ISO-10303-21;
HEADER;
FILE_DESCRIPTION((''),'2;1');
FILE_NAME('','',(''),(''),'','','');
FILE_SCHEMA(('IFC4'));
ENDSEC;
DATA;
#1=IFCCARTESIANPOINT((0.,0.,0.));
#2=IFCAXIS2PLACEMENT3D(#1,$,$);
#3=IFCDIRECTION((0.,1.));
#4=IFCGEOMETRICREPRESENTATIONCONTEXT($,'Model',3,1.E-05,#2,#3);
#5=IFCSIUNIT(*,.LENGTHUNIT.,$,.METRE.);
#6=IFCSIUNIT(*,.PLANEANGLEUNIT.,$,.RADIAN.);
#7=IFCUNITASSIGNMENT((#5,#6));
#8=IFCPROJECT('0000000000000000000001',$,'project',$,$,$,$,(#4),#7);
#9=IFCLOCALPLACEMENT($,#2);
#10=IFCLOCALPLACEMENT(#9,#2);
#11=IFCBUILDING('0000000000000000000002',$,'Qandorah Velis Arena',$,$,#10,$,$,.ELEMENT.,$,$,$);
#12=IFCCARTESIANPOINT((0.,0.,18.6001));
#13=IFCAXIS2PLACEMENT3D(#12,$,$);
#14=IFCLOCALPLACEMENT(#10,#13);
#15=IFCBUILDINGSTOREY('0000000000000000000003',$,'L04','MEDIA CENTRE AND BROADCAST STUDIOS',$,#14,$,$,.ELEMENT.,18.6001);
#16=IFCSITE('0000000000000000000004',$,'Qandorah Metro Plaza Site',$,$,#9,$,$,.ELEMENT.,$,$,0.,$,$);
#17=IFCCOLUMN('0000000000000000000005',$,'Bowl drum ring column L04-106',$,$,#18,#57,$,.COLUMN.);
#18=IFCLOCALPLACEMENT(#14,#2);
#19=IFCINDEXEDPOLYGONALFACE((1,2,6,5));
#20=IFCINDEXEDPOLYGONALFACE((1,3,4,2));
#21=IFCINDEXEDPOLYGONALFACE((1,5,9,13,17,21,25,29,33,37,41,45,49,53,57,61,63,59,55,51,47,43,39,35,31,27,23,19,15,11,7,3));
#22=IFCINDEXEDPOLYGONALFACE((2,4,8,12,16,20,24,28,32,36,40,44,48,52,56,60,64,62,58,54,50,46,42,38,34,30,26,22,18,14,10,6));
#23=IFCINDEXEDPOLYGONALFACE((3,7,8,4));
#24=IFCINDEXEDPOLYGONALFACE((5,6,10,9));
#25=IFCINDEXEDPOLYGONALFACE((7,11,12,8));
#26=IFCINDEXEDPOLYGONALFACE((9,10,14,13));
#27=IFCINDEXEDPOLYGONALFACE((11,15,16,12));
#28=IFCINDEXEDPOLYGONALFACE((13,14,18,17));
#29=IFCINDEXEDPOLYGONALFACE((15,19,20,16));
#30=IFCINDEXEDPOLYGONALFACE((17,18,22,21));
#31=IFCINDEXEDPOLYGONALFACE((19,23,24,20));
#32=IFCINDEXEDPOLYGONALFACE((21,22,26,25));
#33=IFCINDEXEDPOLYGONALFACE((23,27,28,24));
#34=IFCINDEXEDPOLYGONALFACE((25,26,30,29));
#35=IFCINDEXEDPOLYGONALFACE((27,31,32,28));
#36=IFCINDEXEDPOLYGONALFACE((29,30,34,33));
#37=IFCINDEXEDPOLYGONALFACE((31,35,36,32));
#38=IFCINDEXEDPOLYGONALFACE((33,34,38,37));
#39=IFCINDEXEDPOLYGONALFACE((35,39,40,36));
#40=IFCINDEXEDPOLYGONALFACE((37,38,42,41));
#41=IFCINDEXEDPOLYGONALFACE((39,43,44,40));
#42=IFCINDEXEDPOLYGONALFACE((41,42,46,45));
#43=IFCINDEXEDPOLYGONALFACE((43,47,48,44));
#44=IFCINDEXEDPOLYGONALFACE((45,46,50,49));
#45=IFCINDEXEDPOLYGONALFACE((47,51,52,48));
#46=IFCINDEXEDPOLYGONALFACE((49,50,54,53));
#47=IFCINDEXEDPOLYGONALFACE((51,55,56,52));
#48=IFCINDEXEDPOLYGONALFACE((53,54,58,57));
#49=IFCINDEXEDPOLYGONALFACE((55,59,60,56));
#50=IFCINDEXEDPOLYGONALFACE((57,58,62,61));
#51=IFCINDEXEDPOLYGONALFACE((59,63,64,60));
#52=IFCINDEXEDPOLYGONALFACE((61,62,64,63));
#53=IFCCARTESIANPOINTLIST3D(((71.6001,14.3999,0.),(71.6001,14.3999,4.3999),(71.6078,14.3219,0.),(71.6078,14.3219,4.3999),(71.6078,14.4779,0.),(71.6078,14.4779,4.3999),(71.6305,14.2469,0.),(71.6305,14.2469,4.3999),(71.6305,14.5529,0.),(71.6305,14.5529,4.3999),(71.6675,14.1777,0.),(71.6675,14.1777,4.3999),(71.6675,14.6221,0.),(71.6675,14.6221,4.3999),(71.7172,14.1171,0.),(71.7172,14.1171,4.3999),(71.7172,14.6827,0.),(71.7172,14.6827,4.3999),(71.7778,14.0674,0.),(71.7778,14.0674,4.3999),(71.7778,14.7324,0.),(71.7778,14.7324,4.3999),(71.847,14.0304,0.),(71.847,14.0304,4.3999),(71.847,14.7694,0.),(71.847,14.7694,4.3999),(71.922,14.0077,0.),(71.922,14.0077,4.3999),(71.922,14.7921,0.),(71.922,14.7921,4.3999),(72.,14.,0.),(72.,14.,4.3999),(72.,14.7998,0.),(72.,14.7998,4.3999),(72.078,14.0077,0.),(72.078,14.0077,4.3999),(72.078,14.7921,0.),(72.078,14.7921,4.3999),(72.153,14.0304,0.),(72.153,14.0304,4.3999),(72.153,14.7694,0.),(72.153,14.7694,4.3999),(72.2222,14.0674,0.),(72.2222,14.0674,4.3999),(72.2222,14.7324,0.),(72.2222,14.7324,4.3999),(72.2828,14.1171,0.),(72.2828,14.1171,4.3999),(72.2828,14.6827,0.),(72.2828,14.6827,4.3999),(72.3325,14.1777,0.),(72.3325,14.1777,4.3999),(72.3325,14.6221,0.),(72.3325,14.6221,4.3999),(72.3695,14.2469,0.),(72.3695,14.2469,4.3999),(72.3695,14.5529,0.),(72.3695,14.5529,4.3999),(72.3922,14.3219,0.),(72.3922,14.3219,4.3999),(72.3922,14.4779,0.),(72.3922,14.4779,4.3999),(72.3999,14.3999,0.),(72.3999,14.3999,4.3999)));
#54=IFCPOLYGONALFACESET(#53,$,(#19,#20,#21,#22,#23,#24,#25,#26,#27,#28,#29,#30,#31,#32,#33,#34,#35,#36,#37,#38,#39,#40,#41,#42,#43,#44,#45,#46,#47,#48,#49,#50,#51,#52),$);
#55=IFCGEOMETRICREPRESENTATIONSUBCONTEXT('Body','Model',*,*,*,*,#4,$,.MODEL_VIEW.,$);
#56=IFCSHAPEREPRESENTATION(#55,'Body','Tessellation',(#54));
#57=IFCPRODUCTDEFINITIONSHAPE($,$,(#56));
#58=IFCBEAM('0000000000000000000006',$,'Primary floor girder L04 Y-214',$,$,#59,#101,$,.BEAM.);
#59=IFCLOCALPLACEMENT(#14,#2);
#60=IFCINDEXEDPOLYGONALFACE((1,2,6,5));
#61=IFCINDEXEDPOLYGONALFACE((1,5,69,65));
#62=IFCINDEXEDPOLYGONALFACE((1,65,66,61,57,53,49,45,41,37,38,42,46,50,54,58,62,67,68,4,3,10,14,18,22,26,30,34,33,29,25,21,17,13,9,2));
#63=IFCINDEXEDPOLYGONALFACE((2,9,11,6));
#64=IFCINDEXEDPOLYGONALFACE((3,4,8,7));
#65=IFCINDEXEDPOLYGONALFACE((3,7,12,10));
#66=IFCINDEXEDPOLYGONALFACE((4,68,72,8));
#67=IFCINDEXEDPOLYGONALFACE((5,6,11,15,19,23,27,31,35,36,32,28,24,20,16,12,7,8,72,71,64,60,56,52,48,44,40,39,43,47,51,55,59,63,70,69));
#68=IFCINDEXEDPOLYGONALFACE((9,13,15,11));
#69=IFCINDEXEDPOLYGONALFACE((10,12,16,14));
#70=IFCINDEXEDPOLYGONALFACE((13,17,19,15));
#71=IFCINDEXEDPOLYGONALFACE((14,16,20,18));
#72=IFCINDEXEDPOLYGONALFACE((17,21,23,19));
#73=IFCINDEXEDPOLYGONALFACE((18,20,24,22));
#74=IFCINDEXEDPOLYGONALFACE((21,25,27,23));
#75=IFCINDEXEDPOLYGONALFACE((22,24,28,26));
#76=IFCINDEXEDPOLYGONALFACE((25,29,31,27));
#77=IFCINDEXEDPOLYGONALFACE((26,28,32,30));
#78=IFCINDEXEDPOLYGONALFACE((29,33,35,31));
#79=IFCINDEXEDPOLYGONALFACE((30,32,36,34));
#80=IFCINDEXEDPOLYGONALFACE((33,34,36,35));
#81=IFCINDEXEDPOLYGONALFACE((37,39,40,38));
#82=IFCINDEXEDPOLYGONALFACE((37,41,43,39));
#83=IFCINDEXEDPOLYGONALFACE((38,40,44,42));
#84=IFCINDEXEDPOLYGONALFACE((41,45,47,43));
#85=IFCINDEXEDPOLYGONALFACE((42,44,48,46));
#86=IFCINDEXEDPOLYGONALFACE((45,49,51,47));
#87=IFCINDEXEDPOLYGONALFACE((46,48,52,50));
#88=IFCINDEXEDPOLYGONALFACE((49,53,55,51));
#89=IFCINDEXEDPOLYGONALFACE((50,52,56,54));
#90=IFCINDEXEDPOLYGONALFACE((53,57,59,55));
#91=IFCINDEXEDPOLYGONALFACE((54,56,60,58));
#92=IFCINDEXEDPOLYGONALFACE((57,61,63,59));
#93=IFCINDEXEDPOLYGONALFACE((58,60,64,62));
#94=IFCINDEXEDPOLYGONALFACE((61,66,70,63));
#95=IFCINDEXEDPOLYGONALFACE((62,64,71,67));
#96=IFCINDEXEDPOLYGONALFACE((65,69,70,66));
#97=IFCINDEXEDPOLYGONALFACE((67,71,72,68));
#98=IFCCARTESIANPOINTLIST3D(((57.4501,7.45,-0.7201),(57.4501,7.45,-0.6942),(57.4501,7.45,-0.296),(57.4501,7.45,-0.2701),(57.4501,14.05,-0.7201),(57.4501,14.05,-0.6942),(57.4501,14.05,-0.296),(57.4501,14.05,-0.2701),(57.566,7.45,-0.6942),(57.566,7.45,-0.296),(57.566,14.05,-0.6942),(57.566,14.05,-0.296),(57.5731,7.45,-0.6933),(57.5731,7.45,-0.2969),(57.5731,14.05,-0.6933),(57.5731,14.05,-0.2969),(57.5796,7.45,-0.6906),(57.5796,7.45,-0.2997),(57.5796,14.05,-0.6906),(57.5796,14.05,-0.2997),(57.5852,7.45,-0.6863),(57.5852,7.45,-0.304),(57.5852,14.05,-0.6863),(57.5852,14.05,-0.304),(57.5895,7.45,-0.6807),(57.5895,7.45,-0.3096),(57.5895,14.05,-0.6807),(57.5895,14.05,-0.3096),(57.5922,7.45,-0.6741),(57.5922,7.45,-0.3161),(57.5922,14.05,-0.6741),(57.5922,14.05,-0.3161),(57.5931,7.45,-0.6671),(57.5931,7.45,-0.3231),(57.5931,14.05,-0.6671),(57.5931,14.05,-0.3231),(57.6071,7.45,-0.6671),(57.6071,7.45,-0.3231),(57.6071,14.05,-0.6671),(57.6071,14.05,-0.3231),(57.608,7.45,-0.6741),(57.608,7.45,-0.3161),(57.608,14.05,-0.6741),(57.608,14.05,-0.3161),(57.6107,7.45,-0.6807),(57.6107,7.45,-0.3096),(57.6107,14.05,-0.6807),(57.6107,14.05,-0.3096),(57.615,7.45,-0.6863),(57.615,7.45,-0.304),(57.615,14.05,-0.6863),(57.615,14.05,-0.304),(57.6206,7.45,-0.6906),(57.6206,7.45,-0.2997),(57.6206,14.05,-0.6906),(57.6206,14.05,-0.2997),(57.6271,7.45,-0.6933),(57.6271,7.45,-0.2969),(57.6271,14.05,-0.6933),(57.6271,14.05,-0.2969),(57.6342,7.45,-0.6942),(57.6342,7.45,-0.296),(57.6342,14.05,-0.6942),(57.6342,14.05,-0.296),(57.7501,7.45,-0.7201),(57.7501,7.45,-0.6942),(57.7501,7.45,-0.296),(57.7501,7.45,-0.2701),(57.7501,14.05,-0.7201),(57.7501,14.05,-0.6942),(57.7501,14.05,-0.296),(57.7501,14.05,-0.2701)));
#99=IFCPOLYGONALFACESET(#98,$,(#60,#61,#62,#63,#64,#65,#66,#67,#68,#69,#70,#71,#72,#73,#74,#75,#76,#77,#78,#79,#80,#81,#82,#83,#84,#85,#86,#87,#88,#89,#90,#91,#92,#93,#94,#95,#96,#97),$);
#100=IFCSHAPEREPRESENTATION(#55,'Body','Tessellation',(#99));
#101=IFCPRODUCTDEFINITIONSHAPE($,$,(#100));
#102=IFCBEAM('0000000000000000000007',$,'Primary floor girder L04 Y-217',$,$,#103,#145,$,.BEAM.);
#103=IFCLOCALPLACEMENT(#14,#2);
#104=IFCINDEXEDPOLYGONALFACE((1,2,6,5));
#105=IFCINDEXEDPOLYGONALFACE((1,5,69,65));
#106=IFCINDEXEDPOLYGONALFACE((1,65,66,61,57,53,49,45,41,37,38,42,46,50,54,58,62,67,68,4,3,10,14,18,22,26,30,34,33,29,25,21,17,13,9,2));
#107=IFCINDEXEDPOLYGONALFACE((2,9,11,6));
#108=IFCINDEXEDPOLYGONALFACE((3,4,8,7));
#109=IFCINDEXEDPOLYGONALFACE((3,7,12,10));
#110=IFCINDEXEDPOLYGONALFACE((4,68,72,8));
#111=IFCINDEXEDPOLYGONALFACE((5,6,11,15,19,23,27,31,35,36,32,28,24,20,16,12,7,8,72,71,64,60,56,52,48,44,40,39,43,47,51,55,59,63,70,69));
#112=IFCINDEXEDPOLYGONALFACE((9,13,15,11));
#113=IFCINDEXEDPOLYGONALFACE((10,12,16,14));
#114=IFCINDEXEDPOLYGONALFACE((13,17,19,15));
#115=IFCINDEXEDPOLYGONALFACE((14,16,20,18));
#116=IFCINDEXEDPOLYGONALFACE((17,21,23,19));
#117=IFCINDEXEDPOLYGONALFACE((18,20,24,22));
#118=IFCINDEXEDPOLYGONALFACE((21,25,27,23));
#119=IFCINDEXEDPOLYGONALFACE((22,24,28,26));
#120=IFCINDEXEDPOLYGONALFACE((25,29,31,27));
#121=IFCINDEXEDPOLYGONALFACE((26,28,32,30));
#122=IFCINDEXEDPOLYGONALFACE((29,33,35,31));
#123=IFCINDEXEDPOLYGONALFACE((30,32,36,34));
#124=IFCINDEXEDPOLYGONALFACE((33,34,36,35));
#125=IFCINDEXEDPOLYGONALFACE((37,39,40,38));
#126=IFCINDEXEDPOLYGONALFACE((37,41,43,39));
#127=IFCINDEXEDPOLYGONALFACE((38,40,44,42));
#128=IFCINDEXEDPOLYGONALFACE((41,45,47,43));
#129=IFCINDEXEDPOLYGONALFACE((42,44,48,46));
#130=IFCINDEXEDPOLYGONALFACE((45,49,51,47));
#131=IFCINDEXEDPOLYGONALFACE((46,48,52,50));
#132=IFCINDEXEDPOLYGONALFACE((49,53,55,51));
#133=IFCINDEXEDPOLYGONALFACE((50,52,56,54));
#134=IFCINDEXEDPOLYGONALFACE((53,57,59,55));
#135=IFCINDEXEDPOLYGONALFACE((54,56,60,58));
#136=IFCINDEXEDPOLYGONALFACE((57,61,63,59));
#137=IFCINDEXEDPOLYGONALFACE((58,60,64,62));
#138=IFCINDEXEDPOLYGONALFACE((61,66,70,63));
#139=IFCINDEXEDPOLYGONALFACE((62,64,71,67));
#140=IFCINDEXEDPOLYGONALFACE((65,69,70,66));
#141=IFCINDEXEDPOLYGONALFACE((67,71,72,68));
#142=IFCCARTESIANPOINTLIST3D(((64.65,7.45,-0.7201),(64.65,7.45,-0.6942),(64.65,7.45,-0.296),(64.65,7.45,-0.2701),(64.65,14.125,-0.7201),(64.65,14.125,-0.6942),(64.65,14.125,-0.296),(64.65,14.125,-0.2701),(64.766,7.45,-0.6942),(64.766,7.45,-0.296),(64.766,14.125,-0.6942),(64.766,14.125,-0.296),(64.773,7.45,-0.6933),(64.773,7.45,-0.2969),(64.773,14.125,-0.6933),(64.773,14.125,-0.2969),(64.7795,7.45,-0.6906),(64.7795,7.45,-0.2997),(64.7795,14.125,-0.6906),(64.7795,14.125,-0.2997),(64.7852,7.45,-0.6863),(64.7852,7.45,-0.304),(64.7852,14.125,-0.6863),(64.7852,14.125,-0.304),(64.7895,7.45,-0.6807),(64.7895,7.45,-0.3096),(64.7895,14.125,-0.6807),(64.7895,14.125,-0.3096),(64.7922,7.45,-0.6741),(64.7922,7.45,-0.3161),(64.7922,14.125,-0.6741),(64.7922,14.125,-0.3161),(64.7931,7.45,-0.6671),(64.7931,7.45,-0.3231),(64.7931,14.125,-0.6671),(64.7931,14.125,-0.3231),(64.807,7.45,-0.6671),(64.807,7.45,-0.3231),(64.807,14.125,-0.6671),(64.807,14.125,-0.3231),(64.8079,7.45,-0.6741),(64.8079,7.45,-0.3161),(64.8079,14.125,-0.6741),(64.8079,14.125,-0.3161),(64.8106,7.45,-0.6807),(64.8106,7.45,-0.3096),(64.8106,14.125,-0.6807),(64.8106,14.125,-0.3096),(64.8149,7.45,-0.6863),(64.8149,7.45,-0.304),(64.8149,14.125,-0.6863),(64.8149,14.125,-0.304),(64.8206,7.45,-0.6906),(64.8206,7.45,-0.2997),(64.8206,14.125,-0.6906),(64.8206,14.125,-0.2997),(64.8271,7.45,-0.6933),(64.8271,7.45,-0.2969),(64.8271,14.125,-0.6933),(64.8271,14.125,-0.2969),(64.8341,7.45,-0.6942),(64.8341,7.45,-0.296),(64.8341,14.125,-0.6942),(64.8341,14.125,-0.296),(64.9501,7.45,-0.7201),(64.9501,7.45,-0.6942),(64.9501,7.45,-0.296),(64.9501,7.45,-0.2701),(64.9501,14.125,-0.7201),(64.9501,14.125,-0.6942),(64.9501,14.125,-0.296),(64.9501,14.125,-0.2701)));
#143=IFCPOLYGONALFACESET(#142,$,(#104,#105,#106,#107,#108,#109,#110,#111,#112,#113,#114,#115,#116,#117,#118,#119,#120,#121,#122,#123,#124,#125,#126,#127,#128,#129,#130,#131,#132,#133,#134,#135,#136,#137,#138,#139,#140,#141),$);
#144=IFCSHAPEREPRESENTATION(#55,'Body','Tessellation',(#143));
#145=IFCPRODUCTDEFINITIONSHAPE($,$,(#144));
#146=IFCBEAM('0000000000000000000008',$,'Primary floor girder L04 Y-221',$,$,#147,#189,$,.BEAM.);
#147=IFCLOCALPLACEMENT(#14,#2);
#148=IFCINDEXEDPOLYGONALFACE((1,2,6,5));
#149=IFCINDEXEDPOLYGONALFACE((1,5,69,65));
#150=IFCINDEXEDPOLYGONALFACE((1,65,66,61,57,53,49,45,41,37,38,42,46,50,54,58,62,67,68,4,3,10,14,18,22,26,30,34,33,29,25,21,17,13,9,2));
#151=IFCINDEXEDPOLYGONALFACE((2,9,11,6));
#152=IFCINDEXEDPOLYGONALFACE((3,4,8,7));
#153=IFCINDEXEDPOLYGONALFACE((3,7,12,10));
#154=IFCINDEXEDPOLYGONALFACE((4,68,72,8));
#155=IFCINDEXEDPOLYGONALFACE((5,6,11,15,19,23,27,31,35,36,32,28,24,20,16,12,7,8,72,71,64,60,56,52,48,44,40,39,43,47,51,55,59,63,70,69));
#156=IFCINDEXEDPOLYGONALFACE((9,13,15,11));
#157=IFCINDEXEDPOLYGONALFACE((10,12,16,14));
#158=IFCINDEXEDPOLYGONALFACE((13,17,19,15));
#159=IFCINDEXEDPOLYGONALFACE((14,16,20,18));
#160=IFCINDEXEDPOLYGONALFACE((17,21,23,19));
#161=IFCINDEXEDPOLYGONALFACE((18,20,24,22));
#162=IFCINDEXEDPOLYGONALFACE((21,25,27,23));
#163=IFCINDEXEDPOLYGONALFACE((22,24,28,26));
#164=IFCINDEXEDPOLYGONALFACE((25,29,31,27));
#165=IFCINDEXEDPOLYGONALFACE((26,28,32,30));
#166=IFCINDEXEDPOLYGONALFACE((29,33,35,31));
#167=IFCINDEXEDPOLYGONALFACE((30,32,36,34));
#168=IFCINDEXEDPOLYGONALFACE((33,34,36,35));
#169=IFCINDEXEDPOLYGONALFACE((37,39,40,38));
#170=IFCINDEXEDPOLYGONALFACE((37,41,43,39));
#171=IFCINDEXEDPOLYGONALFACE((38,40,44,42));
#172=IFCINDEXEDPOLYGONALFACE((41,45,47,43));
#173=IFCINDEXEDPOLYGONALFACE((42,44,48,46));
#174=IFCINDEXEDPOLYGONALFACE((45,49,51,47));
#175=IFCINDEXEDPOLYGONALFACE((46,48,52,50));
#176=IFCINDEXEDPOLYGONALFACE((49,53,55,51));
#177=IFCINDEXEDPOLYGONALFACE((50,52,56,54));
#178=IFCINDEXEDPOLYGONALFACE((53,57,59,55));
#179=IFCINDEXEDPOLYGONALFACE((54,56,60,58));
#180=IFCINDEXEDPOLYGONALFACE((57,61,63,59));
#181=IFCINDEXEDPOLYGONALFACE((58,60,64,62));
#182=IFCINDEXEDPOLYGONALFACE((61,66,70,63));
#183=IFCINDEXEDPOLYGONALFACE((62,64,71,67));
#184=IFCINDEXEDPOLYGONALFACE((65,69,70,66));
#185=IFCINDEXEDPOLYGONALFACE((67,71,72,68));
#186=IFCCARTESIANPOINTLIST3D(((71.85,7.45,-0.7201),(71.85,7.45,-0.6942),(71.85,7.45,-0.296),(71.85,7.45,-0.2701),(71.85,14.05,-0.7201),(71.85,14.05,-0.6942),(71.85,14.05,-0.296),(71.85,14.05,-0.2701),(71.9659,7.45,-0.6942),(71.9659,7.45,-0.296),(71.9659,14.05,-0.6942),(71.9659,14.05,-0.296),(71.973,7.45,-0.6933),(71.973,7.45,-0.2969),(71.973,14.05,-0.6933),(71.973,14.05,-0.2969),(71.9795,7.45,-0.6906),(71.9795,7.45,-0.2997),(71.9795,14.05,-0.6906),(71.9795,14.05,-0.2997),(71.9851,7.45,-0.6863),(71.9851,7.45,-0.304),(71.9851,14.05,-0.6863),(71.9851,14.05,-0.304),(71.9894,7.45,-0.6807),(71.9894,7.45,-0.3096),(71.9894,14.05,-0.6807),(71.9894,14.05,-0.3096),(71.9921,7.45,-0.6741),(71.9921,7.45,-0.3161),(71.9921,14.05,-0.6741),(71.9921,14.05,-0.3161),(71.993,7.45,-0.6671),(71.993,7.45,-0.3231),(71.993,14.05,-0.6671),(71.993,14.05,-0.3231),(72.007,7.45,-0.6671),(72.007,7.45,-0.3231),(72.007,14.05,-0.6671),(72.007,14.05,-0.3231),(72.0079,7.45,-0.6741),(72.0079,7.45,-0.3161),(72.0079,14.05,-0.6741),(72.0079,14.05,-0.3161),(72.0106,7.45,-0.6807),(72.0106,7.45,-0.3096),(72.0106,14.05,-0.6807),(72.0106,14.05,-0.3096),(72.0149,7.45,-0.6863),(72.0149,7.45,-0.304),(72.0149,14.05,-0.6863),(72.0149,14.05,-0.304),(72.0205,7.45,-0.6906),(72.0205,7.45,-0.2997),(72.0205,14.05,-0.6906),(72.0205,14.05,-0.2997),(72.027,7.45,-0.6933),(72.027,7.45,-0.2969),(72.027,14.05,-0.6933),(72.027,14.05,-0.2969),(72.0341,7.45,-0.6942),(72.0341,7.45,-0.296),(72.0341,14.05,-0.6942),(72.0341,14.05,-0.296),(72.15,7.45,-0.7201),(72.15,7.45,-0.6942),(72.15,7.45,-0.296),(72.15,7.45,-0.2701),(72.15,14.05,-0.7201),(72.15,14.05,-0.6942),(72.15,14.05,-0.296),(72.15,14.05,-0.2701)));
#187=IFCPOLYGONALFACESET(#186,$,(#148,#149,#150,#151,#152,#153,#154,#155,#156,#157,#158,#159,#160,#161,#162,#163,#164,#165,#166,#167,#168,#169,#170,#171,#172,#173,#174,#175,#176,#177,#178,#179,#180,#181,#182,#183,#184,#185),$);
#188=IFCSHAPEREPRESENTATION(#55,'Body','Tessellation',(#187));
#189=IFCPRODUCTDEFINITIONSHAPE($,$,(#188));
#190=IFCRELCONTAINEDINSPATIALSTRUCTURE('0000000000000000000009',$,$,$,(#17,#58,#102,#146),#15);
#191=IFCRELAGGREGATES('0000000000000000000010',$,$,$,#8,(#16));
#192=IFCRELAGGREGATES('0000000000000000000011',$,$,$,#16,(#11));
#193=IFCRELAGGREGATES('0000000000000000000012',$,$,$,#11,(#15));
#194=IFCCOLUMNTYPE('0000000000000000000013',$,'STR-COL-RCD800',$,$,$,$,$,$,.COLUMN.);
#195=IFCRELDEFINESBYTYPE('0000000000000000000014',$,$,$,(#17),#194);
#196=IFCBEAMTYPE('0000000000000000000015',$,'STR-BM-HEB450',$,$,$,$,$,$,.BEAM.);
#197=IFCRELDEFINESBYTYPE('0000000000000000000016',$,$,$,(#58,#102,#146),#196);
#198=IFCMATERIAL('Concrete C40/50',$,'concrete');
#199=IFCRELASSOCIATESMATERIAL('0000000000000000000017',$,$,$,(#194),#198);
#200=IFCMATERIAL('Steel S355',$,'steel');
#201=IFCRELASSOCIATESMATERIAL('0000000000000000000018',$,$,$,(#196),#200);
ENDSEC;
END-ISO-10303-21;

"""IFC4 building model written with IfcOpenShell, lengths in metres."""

from ifc_helpers import new_model, si_unit, direction, frame, origin, origin_2d, place, context, subcontext, project, spatial, circle, i_section, extrude, material, material_profile, profile_set, type_object, element, save


model = new_model("IFC4")

# Units and contexts
model_context = context("Model", 3, precision=1e-05, world=origin(), true_north=direction((0.0, 1.0)))
body_context = subcontext(model_context, "Body", "Model", "MODEL_VIEW")
ifc_project = project(units=[si_unit("LENGTHUNIT", "METRE"), si_unit("PLANEANGLEUNIT", "RADIAN")], contexts=[model_context])

# Site, building, storey
site_placement = place(None, origin())
site = spatial("IfcSite", under=ifc_project, at=site_placement, Name="Qandorah Metro Plaza Site", CompositionType="ELEMENT", RefElevation=0.0)
building_placement = place(site_placement, origin())
building = spatial("IfcBuilding", under=site, at=building_placement, Name="Qandorah Velis Arena", CompositionType="ELEMENT")
storey_placement = place(building_placement, frame((0.0, 0.0, 18.6001)))
storey = spatial("IfcBuildingStorey", under=building, at=storey_placement, Name="L04", Description="MEDIA CENTRE AND BROADCAST STUDIOS", CompositionType="ELEMENT", Elevation=18.6001)

# Column
ifc_material_1 = material(Name="Steel S355", Category="steel")
ifc_material_2 = material(Name="Concrete C40/50", Category="concrete")
ifc_material_profile_1 = material_profile(ifc_material_2, circle(Radius=0.3999, at=origin_2d()), Name="RC D800")
ifc_profile_set_1 = profile_set([ifc_material_profile_1], Name="Concrete C40/50")
column_type_1 = type_object("IfcColumnType", Name="STR-COL-RCD800", PredefinedType="COLUMN", material=ifc_profile_set_1)
column_1_placement = place(storey_placement, frame((72.0, 14.3999, 0.0), z_axis=(0.0, 0.0, 1.0), x_axis=(1.0, 0.0, 0.0)))
element("IfcColumn", 1, at=column_1_placement, inside=storey, type_object=column_type_1, Name="Bowl drum ring column L04-106", PredefinedType="COLUMN", context=body_context, shape_type="SweptSolid", body=[
    extrude(circle(Radius=0.3999, at=origin_2d()), origin(), (0.0, 0.0, 1.0), 4.3999),
])

# Beams
ifc_material_profile_2 = material_profile(ifc_material_1, i_section(OverallWidth=0.3, OverallDepth=0.45, WebThickness=0.0139, FlangeThickness=0.0259, FilletRadius=0.0271, at=origin_2d()), Name="HEB 450")
ifc_profile_set_2 = profile_set([ifc_material_profile_2], Name="Steel S355")
beam_type_1 = type_object("IfcBeamType", Name="STR-BM-HEB450", PredefinedType="BEAM", material=ifc_profile_set_2)
beam_1_placement = place(storey_placement, frame((57.6001, 7.45, -0.4951), z_axis=(0.0, 1.0, 0.0), x_axis=(-1.0, 0.0, 0.0)))
element("IfcBeam", 2, at=beam_1_placement, inside=storey, type_object=beam_type_1, Name="Primary floor girder L04 Y-214", PredefinedType="BEAM", context=body_context, shape_type="SweptSolid", body=[
    extrude(i_section(OverallWidth=0.3, OverallDepth=0.45, WebThickness=0.0139, FlangeThickness=0.0259, FilletRadius=0.0271, at=origin_2d()), origin(), (0.0, 0.0, 1.0), 6.6001),
])
beam_2_placement = place(storey_placement, frame((64.8, 7.45, -0.4951), z_axis=(0.0, 1.0, 0.0), x_axis=(-1.0, 0.0, 0.0)))
element("IfcBeam", 3, at=beam_2_placement, inside=storey, type_object=beam_type_1, Name="Primary floor girder L04 Y-217", PredefinedType="BEAM", context=body_context, shape_type="SweptSolid", body=[
    extrude(i_section(OverallWidth=0.3, OverallDepth=0.45, WebThickness=0.0139, FlangeThickness=0.0259, FilletRadius=0.0271, at=origin_2d()), origin(), (0.0, 0.0, 1.0), 6.675),
])
for number, where, z_axis, x_axis, name in (
    (4, (72.0, 7.45, -0.4951), (0.0, 1.0, 0.0), (-1.0, 0.0, 0.0), "Primary floor girder L04 Y-221"),
):
    element("IfcBeam", number, at=place(storey_placement, frame(where, z_axis=z_axis, x_axis=x_axis)), inside=storey, type_object=beam_type_1, Name=name, PredefinedType="BEAM", context=body_context, shape_type="SweptSolid", body=[
        extrude(i_section(OverallWidth=0.3, OverallDepth=0.45, WebThickness=0.0139, FlangeThickness=0.0259, FilletRadius=0.0271, at=origin_2d()), origin(), (0.0, 0.0, 1.0), 6.6001),
    ])

save(model, "model.ifc")
